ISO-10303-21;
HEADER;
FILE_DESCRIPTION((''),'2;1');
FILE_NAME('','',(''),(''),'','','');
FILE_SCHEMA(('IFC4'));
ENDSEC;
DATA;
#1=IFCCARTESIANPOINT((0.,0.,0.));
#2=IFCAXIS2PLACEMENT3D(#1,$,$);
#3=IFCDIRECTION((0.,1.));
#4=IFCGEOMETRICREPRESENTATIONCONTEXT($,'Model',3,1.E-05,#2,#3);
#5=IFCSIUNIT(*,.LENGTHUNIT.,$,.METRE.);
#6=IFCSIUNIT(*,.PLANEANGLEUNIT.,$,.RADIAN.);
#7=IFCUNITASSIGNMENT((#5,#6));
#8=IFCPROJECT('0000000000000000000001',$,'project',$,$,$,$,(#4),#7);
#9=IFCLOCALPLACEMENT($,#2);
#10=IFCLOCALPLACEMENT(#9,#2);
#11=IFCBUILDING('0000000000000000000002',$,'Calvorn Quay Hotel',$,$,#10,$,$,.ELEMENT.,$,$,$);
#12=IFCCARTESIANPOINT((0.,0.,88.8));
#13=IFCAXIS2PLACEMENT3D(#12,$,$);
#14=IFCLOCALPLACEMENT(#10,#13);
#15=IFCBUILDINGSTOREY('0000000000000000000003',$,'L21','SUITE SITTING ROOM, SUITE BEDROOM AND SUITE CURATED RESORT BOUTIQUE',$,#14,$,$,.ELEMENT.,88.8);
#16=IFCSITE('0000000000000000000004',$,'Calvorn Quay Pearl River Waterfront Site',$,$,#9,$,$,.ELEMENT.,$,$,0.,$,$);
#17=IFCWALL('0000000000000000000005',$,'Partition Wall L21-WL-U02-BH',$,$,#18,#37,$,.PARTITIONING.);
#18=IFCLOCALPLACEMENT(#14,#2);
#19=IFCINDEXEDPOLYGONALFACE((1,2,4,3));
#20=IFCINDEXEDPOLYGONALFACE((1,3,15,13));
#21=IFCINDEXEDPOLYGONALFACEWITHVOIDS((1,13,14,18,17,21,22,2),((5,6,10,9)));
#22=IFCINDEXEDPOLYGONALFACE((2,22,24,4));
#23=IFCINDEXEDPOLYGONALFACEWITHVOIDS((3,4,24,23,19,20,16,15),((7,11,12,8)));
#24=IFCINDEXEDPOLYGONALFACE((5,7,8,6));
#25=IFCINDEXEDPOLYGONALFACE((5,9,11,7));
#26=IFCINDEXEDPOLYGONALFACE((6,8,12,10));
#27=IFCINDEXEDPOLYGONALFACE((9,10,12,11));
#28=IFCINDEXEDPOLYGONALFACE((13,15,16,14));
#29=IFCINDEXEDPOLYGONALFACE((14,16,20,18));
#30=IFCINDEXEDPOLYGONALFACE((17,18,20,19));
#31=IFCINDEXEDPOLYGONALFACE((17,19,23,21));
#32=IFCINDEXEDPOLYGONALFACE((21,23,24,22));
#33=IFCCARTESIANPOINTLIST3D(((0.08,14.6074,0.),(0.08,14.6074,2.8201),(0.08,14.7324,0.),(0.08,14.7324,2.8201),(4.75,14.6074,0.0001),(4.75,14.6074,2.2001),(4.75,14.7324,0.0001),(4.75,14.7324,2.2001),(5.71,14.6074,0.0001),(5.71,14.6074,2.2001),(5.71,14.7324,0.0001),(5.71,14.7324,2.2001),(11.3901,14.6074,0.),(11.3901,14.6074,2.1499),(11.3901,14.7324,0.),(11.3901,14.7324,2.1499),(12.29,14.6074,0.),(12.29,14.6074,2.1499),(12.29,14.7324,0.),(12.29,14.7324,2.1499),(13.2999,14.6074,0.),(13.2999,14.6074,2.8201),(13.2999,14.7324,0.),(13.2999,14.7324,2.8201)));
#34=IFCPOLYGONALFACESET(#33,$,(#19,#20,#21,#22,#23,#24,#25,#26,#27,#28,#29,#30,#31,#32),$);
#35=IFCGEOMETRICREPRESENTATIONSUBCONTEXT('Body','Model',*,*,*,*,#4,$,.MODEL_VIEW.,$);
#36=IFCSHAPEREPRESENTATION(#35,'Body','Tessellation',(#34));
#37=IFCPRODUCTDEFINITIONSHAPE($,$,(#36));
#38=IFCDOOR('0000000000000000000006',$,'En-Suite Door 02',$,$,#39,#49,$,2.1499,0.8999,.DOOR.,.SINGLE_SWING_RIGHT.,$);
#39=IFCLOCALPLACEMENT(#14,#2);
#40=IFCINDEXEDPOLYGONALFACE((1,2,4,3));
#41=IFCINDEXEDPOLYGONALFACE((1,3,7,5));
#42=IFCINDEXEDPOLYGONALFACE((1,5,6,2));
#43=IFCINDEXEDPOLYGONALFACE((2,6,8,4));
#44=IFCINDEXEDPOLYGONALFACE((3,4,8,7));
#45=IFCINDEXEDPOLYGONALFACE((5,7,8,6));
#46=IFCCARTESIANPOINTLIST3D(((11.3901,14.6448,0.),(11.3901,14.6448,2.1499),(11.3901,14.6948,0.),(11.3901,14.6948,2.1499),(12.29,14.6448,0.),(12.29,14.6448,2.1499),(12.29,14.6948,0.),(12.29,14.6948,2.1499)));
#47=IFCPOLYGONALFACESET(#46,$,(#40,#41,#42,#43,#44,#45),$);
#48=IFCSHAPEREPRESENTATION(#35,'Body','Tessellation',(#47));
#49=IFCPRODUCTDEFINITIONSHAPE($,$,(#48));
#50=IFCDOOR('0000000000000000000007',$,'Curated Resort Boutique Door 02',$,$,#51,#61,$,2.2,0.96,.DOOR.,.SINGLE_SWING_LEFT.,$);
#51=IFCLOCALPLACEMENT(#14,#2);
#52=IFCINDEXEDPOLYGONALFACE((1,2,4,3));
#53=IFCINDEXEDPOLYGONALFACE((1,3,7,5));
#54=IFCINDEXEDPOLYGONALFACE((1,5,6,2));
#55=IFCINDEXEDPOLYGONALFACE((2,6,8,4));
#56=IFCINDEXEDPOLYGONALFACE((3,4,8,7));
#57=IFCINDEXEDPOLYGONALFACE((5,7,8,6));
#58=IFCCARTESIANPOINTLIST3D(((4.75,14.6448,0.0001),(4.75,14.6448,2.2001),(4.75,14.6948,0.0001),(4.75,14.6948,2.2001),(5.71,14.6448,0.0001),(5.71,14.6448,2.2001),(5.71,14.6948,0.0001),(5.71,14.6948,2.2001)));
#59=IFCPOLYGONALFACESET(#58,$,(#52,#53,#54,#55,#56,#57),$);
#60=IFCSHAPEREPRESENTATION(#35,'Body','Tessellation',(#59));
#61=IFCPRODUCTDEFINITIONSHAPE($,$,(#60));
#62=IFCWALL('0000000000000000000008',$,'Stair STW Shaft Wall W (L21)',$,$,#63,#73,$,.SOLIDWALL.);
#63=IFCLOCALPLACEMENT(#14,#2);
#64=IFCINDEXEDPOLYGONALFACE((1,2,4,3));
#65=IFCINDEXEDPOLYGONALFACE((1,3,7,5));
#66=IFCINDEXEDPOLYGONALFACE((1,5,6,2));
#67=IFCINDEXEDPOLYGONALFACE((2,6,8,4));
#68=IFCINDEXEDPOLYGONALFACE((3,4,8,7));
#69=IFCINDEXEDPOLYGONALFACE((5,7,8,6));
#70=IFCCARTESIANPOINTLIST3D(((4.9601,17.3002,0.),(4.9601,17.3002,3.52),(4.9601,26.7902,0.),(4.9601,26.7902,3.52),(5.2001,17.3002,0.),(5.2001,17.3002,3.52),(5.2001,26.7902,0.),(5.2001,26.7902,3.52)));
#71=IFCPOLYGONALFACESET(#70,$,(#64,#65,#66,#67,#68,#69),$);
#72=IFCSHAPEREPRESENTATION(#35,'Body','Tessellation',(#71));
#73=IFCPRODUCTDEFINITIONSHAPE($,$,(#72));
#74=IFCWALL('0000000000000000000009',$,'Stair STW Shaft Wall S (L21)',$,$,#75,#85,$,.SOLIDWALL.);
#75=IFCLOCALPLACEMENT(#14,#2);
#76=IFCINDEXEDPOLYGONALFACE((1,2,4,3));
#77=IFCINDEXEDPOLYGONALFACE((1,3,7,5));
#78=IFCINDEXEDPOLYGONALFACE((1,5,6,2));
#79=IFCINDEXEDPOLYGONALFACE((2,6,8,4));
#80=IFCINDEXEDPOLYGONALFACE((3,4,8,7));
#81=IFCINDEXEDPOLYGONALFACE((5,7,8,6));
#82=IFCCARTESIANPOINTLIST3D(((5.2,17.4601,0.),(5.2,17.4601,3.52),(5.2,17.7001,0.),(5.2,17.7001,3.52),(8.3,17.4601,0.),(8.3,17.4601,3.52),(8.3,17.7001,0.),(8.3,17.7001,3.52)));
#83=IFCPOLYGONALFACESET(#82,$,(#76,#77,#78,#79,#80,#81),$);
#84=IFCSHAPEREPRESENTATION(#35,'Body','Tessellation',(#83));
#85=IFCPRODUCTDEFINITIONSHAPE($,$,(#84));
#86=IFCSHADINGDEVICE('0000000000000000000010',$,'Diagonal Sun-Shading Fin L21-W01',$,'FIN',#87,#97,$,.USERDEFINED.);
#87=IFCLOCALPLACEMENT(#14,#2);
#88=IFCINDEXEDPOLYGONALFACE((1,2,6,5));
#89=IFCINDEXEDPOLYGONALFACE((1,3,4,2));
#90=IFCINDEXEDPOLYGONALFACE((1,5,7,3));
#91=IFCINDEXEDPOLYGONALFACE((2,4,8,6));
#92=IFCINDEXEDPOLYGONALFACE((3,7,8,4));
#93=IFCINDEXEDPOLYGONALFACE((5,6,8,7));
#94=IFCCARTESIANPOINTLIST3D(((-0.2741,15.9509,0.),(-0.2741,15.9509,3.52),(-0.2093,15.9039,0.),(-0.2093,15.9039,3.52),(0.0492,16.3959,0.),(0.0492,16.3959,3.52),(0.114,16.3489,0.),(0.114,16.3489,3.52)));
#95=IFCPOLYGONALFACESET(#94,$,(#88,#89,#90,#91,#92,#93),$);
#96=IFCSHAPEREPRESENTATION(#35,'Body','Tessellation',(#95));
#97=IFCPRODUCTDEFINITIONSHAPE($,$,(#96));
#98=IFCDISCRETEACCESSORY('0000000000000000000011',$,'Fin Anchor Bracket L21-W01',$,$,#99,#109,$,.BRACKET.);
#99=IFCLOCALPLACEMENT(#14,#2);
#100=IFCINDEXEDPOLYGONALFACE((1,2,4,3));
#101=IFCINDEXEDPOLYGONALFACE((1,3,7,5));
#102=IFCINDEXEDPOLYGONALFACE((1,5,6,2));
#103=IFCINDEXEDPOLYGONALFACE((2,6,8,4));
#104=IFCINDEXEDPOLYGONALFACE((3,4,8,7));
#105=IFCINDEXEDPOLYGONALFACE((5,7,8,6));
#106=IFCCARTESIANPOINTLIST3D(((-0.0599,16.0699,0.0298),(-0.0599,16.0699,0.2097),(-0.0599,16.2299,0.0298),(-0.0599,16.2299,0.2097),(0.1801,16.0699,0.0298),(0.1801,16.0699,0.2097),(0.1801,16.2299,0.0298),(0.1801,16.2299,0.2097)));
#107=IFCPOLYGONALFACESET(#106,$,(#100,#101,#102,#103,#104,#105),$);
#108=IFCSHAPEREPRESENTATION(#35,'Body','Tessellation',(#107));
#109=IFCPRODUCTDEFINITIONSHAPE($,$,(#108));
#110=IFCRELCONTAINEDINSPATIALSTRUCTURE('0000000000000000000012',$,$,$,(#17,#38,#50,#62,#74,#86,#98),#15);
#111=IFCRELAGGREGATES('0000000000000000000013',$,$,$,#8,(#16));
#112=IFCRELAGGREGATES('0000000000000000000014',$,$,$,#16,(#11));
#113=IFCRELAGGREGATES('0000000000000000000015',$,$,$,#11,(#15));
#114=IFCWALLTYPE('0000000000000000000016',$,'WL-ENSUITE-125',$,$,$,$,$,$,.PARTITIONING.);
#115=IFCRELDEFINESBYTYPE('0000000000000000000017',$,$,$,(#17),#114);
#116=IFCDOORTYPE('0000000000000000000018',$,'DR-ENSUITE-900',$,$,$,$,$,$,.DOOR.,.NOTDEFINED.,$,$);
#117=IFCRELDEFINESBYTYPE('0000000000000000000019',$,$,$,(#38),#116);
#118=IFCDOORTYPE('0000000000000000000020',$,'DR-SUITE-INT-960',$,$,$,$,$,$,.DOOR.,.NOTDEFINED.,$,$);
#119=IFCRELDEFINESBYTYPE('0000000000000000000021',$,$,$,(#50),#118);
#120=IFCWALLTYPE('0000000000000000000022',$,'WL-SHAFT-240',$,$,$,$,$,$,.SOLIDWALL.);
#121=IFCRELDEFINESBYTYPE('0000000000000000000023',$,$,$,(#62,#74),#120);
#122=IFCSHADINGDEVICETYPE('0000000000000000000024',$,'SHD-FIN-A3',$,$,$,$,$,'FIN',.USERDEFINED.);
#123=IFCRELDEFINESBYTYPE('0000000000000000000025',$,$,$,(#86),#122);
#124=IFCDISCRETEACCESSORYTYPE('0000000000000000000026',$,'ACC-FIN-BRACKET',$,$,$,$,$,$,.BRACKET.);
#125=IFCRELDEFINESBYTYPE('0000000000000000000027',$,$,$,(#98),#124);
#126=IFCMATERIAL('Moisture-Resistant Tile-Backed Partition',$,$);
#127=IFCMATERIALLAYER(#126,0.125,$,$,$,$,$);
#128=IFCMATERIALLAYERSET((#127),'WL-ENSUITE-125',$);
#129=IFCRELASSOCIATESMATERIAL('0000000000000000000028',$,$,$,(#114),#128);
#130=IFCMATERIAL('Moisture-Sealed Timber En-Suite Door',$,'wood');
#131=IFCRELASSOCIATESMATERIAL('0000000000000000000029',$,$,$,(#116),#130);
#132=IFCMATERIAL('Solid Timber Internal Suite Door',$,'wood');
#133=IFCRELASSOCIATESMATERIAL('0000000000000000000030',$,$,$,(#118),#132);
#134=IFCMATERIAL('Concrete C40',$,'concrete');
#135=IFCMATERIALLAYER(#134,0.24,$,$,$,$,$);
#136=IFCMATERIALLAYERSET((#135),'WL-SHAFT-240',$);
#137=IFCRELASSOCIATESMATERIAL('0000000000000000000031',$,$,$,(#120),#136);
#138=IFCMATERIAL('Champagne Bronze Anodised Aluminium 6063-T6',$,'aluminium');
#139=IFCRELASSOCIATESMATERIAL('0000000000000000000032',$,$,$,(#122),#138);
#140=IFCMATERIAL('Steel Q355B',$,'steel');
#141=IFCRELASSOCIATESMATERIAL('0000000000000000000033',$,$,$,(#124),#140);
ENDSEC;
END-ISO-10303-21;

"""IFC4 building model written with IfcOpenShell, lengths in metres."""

from ifc_helpers import new_model, si_unit, direction, frame, frame_2d, origin, origin_2d, place, context, subcontext, project, spatial, rectangle, extrude, material, layer, layer_set, type_object, element, fill, save


model = new_model("IFC4")

# Units and contexts
model_context = context("Model", 3, precision=1e-05, world=origin(), true_north=direction((0.0, 1.0)))
body_context = subcontext(model_context, "Body", "Model", "MODEL_VIEW")
ifc_project = project(units=[si_unit("LENGTHUNIT", "METRE"), si_unit("PLANEANGLEUNIT", "RADIAN")], contexts=[model_context])

# Site, building, storey
site_placement = place(None, origin())
site = spatial("IfcSite", under=ifc_project, at=site_placement, Name="Calvorn Quay Pearl River Waterfront Site", CompositionType="ELEMENT", RefElevation=0.0)
building_placement = place(site_placement, origin())
building = spatial("IfcBuilding", under=site, at=building_placement, Name="Calvorn Quay Hotel", CompositionType="ELEMENT")
storey_placement = place(building_placement, frame((0.0, 0.0, 88.8)))
storey = spatial("IfcBuildingStorey", under=building, at=storey_placement, Name="L21", Description="SUITE SITTING ROOM, SUITE BEDROOM AND SUITE CURATED RESORT BOUTIQUE", CompositionType="ELEMENT", Elevation=88.8)

# Wall, openings, doors
ifc_material_1 = material(Name="Moisture-Resistant Tile-Backed Partition")
ifc_layer_1 = layer(ifc_material_1, 0.125)
ifc_layer_set_1 = layer_set([ifc_layer_1], Name="WL-ENSUITE-125")
wall_type_1 = type_object("IfcWallType", Name="WL-ENSUITE-125", PredefinedType="PARTITIONING", material=ifc_layer_set_1)
wall_1_placement = place(storey_placement, frame((0.0801, 14.6699, 0.0), z_axis=(0.0, 0.0, 1.0), x_axis=(1.0, 0.0, 0.0)))
wall_1 = element("IfcWall", 1, at=wall_1_placement, inside=storey, type_object=wall_type_1, Name="Partition Wall L21-WL-U02-BH", PredefinedType="PARTITIONING", context=body_context, shape_type="SweptSolid", body=[
    extrude(rectangle(XDim=13.22, YDim=0.125, at=frame_2d((6.6099, 0.0))), origin(), (0.0, 0.0, 1.0), 2.8201),
])
opening_1_placement = place(wall_1_placement, frame((4.6699, 0.0, 0.0)))
opening_1 = element("IfcOpeningElement", 2, at=opening_1_placement, cuts=wall_1, PredefinedType="OPENING", context=body_context, shape_type="SweptSolid", body=[
    extrude(rectangle(XDim=0.96, YDim=2.2, at=frame_2d((0.48, 1.1001))), frame((0.0, 0.0725, 0.0), z_axis=(0.0, -1.0, 0.0), x_axis=(1.0, 0.0, 0.0)), (0.0, 0.0, 1.0), 0.145),
])
opening_2_placement = place(wall_1_placement, frame((11.3101, 0.0, 0.0)))
opening_2 = element("IfcOpeningElement", 3, at=opening_2_placement, cuts=wall_1, PredefinedType="OPENING", context=body_context, shape_type="SweptSolid", body=[
    extrude(rectangle(XDim=0.8999, YDim=2.1499, at=frame_2d((0.45, 1.075))), frame((0.0, 0.0725, 0.0), z_axis=(0.0, -1.0, 0.0), x_axis=(1.0, 0.0, 0.0)), (0.0, 0.0, 1.0), 0.145),
])
ifc_material_2 = material(Name="Moisture-Sealed Timber En-Suite Door", Category="wood")
door_type_1 = type_object("IfcDoorType", Name="DR-ENSUITE-900", OperationType="NOTDEFINED", PredefinedType="DOOR", material=ifc_material_2)
door_1_placement = place(opening_2_placement, origin())
door_1 = element("IfcDoor", 4, at=door_1_placement, inside=storey, type_object=door_type_1, Name="En-Suite Door 02", OperationType="SINGLE_SWING_RIGHT", OverallHeight=2.1499, OverallWidth=0.8999, PredefinedType="DOOR", context=body_context, shape_type="SweptSolid", body=[
    extrude(rectangle(XDim=0.8999, YDim=2.1499, at=frame_2d((0.45, 1.075))), frame((0.0, 0.0249, 0.0), z_axis=(0.0, -1.0, 0.0), x_axis=(1.0, 0.0, 0.0)), (0.0, 0.0, 1.0), 0.05),
])
fill(opening_2, door_1)
ifc_material_3 = material(Name="Solid Timber Internal Suite Door", Category="wood")
door_type_2 = type_object("IfcDoorType", Name="DR-SUITE-INT-960", OperationType="NOTDEFINED", PredefinedType="DOOR", material=ifc_material_3)
door_2_placement = place(opening_1_placement, origin())
door_2 = element("IfcDoor", 5, at=door_2_placement, inside=storey, type_object=door_type_2, Name="Curated Resort Boutique Door 02", OperationType="SINGLE_SWING_LEFT", OverallHeight=2.2, OverallWidth=0.96, PredefinedType="DOOR", context=body_context, shape_type="SweptSolid", body=[
    extrude(rectangle(XDim=0.96, YDim=2.2, at=frame_2d((0.48, 1.1001))), frame((0.0, 0.0249, 0.0), z_axis=(0.0, -1.0, 0.0), x_axis=(1.0, 0.0, 0.0)), (0.0, 0.0, 1.0), 0.05),
])
fill(opening_1, door_2)

# Walls
ifc_material_4 = material(Name="Concrete C40", Category="concrete")
ifc_layer_2 = layer(ifc_material_4, 0.24)
ifc_layer_set_2 = layer_set([ifc_layer_2], Name="WL-SHAFT-240")
wall_type_2 = type_object("IfcWallType", Name="WL-SHAFT-240", PredefinedType="SOLIDWALL", material=ifc_layer_set_2)
wall_2_placement = place(storey_placement, frame((5.0801, 17.3, 0.0), z_axis=(0.0, 0.0, 1.0), x_axis=(0.0, 1.0, 0.0)))
element("IfcWall", 6, at=wall_2_placement, inside=storey, type_object=wall_type_2, Name="Stair STW Shaft Wall W (L21)", PredefinedType="SOLIDWALL", context=body_context, shape_type="SweptSolid", body=[
    extrude(rectangle(XDim=9.49, YDim=0.24, at=frame_2d((4.7451, 0.0))), origin(), (0.0, 0.0, 1.0), 3.52),
])
wall_3_placement = place(storey_placement, frame((5.2, 17.5801, 0.0), z_axis=(0.0, 0.0, 1.0), x_axis=(1.0, 0.0, 0.0)))
element("IfcWall", 7, at=wall_3_placement, inside=storey, type_object=wall_type_2, Name="Stair STW Shaft Wall S (L21)", PredefinedType="SOLIDWALL", context=body_context, shape_type="SweptSolid", body=[
    extrude(rectangle(XDim=3.1001, YDim=0.24, at=frame_2d((1.55, 0.0))), origin(), (0.0, 0.0, 1.0), 3.52),
])

# Shading device
ifc_material_5 = material(Name="Champagne Bronze Anodised Aluminium 6063-T6", Category="aluminium")
shading_device_type = type_object("IfcShadingDeviceType", Name="SHD-FIN-A3", ElementType="FIN", PredefinedType="USERDEFINED", material=ifc_material_5)
shading_device_placement = place(storey_placement, frame((-0.0801, 16.1499, 0.0), z_axis=(0.0, 0.0, 1.0), x_axis=(0.587785, 0.809017, 0.0)))
element("IfcShadingDevice", 8, at=shading_device_placement, inside=storey, type_object=shading_device_type, Name="Diagonal Sun-Shading Fin L21-W01", ObjectType="FIN", PredefinedType="USERDEFINED", context=body_context, shape_type="SweptSolid", body=[
    extrude(rectangle(XDim=0.55, YDim=0.0801, at=origin_2d()), origin(), (0.0, 0.0, 1.0), 3.52),
])

# Discrete accessory
ifc_material_6 = material(Name="Steel Q355B", Category="steel")
discrete_accessory_type = type_object("IfcDiscreteAccessoryType", Name="ACC-FIN-BRACKET", PredefinedType="BRACKET", material=ifc_material_6)
discrete_accessory_placement = place(storey_placement, frame((0.0601, 16.1499, 0.0298), z_axis=(0.0, 0.0, 1.0), x_axis=(1.0, 0.0, 0.0)))
element("IfcDiscreteAccessory", 9, at=discrete_accessory_placement, inside=storey, type_object=discrete_accessory_type, Name="Fin Anchor Bracket L21-W01", PredefinedType="BRACKET", context=body_context, shape_type="SweptSolid", body=[
    extrude(rectangle(XDim=0.24, YDim=0.1599, at=origin_2d()), origin(), (0.0, 0.0, 1.0), 0.1799),
])

save(model, "model.ifc")
